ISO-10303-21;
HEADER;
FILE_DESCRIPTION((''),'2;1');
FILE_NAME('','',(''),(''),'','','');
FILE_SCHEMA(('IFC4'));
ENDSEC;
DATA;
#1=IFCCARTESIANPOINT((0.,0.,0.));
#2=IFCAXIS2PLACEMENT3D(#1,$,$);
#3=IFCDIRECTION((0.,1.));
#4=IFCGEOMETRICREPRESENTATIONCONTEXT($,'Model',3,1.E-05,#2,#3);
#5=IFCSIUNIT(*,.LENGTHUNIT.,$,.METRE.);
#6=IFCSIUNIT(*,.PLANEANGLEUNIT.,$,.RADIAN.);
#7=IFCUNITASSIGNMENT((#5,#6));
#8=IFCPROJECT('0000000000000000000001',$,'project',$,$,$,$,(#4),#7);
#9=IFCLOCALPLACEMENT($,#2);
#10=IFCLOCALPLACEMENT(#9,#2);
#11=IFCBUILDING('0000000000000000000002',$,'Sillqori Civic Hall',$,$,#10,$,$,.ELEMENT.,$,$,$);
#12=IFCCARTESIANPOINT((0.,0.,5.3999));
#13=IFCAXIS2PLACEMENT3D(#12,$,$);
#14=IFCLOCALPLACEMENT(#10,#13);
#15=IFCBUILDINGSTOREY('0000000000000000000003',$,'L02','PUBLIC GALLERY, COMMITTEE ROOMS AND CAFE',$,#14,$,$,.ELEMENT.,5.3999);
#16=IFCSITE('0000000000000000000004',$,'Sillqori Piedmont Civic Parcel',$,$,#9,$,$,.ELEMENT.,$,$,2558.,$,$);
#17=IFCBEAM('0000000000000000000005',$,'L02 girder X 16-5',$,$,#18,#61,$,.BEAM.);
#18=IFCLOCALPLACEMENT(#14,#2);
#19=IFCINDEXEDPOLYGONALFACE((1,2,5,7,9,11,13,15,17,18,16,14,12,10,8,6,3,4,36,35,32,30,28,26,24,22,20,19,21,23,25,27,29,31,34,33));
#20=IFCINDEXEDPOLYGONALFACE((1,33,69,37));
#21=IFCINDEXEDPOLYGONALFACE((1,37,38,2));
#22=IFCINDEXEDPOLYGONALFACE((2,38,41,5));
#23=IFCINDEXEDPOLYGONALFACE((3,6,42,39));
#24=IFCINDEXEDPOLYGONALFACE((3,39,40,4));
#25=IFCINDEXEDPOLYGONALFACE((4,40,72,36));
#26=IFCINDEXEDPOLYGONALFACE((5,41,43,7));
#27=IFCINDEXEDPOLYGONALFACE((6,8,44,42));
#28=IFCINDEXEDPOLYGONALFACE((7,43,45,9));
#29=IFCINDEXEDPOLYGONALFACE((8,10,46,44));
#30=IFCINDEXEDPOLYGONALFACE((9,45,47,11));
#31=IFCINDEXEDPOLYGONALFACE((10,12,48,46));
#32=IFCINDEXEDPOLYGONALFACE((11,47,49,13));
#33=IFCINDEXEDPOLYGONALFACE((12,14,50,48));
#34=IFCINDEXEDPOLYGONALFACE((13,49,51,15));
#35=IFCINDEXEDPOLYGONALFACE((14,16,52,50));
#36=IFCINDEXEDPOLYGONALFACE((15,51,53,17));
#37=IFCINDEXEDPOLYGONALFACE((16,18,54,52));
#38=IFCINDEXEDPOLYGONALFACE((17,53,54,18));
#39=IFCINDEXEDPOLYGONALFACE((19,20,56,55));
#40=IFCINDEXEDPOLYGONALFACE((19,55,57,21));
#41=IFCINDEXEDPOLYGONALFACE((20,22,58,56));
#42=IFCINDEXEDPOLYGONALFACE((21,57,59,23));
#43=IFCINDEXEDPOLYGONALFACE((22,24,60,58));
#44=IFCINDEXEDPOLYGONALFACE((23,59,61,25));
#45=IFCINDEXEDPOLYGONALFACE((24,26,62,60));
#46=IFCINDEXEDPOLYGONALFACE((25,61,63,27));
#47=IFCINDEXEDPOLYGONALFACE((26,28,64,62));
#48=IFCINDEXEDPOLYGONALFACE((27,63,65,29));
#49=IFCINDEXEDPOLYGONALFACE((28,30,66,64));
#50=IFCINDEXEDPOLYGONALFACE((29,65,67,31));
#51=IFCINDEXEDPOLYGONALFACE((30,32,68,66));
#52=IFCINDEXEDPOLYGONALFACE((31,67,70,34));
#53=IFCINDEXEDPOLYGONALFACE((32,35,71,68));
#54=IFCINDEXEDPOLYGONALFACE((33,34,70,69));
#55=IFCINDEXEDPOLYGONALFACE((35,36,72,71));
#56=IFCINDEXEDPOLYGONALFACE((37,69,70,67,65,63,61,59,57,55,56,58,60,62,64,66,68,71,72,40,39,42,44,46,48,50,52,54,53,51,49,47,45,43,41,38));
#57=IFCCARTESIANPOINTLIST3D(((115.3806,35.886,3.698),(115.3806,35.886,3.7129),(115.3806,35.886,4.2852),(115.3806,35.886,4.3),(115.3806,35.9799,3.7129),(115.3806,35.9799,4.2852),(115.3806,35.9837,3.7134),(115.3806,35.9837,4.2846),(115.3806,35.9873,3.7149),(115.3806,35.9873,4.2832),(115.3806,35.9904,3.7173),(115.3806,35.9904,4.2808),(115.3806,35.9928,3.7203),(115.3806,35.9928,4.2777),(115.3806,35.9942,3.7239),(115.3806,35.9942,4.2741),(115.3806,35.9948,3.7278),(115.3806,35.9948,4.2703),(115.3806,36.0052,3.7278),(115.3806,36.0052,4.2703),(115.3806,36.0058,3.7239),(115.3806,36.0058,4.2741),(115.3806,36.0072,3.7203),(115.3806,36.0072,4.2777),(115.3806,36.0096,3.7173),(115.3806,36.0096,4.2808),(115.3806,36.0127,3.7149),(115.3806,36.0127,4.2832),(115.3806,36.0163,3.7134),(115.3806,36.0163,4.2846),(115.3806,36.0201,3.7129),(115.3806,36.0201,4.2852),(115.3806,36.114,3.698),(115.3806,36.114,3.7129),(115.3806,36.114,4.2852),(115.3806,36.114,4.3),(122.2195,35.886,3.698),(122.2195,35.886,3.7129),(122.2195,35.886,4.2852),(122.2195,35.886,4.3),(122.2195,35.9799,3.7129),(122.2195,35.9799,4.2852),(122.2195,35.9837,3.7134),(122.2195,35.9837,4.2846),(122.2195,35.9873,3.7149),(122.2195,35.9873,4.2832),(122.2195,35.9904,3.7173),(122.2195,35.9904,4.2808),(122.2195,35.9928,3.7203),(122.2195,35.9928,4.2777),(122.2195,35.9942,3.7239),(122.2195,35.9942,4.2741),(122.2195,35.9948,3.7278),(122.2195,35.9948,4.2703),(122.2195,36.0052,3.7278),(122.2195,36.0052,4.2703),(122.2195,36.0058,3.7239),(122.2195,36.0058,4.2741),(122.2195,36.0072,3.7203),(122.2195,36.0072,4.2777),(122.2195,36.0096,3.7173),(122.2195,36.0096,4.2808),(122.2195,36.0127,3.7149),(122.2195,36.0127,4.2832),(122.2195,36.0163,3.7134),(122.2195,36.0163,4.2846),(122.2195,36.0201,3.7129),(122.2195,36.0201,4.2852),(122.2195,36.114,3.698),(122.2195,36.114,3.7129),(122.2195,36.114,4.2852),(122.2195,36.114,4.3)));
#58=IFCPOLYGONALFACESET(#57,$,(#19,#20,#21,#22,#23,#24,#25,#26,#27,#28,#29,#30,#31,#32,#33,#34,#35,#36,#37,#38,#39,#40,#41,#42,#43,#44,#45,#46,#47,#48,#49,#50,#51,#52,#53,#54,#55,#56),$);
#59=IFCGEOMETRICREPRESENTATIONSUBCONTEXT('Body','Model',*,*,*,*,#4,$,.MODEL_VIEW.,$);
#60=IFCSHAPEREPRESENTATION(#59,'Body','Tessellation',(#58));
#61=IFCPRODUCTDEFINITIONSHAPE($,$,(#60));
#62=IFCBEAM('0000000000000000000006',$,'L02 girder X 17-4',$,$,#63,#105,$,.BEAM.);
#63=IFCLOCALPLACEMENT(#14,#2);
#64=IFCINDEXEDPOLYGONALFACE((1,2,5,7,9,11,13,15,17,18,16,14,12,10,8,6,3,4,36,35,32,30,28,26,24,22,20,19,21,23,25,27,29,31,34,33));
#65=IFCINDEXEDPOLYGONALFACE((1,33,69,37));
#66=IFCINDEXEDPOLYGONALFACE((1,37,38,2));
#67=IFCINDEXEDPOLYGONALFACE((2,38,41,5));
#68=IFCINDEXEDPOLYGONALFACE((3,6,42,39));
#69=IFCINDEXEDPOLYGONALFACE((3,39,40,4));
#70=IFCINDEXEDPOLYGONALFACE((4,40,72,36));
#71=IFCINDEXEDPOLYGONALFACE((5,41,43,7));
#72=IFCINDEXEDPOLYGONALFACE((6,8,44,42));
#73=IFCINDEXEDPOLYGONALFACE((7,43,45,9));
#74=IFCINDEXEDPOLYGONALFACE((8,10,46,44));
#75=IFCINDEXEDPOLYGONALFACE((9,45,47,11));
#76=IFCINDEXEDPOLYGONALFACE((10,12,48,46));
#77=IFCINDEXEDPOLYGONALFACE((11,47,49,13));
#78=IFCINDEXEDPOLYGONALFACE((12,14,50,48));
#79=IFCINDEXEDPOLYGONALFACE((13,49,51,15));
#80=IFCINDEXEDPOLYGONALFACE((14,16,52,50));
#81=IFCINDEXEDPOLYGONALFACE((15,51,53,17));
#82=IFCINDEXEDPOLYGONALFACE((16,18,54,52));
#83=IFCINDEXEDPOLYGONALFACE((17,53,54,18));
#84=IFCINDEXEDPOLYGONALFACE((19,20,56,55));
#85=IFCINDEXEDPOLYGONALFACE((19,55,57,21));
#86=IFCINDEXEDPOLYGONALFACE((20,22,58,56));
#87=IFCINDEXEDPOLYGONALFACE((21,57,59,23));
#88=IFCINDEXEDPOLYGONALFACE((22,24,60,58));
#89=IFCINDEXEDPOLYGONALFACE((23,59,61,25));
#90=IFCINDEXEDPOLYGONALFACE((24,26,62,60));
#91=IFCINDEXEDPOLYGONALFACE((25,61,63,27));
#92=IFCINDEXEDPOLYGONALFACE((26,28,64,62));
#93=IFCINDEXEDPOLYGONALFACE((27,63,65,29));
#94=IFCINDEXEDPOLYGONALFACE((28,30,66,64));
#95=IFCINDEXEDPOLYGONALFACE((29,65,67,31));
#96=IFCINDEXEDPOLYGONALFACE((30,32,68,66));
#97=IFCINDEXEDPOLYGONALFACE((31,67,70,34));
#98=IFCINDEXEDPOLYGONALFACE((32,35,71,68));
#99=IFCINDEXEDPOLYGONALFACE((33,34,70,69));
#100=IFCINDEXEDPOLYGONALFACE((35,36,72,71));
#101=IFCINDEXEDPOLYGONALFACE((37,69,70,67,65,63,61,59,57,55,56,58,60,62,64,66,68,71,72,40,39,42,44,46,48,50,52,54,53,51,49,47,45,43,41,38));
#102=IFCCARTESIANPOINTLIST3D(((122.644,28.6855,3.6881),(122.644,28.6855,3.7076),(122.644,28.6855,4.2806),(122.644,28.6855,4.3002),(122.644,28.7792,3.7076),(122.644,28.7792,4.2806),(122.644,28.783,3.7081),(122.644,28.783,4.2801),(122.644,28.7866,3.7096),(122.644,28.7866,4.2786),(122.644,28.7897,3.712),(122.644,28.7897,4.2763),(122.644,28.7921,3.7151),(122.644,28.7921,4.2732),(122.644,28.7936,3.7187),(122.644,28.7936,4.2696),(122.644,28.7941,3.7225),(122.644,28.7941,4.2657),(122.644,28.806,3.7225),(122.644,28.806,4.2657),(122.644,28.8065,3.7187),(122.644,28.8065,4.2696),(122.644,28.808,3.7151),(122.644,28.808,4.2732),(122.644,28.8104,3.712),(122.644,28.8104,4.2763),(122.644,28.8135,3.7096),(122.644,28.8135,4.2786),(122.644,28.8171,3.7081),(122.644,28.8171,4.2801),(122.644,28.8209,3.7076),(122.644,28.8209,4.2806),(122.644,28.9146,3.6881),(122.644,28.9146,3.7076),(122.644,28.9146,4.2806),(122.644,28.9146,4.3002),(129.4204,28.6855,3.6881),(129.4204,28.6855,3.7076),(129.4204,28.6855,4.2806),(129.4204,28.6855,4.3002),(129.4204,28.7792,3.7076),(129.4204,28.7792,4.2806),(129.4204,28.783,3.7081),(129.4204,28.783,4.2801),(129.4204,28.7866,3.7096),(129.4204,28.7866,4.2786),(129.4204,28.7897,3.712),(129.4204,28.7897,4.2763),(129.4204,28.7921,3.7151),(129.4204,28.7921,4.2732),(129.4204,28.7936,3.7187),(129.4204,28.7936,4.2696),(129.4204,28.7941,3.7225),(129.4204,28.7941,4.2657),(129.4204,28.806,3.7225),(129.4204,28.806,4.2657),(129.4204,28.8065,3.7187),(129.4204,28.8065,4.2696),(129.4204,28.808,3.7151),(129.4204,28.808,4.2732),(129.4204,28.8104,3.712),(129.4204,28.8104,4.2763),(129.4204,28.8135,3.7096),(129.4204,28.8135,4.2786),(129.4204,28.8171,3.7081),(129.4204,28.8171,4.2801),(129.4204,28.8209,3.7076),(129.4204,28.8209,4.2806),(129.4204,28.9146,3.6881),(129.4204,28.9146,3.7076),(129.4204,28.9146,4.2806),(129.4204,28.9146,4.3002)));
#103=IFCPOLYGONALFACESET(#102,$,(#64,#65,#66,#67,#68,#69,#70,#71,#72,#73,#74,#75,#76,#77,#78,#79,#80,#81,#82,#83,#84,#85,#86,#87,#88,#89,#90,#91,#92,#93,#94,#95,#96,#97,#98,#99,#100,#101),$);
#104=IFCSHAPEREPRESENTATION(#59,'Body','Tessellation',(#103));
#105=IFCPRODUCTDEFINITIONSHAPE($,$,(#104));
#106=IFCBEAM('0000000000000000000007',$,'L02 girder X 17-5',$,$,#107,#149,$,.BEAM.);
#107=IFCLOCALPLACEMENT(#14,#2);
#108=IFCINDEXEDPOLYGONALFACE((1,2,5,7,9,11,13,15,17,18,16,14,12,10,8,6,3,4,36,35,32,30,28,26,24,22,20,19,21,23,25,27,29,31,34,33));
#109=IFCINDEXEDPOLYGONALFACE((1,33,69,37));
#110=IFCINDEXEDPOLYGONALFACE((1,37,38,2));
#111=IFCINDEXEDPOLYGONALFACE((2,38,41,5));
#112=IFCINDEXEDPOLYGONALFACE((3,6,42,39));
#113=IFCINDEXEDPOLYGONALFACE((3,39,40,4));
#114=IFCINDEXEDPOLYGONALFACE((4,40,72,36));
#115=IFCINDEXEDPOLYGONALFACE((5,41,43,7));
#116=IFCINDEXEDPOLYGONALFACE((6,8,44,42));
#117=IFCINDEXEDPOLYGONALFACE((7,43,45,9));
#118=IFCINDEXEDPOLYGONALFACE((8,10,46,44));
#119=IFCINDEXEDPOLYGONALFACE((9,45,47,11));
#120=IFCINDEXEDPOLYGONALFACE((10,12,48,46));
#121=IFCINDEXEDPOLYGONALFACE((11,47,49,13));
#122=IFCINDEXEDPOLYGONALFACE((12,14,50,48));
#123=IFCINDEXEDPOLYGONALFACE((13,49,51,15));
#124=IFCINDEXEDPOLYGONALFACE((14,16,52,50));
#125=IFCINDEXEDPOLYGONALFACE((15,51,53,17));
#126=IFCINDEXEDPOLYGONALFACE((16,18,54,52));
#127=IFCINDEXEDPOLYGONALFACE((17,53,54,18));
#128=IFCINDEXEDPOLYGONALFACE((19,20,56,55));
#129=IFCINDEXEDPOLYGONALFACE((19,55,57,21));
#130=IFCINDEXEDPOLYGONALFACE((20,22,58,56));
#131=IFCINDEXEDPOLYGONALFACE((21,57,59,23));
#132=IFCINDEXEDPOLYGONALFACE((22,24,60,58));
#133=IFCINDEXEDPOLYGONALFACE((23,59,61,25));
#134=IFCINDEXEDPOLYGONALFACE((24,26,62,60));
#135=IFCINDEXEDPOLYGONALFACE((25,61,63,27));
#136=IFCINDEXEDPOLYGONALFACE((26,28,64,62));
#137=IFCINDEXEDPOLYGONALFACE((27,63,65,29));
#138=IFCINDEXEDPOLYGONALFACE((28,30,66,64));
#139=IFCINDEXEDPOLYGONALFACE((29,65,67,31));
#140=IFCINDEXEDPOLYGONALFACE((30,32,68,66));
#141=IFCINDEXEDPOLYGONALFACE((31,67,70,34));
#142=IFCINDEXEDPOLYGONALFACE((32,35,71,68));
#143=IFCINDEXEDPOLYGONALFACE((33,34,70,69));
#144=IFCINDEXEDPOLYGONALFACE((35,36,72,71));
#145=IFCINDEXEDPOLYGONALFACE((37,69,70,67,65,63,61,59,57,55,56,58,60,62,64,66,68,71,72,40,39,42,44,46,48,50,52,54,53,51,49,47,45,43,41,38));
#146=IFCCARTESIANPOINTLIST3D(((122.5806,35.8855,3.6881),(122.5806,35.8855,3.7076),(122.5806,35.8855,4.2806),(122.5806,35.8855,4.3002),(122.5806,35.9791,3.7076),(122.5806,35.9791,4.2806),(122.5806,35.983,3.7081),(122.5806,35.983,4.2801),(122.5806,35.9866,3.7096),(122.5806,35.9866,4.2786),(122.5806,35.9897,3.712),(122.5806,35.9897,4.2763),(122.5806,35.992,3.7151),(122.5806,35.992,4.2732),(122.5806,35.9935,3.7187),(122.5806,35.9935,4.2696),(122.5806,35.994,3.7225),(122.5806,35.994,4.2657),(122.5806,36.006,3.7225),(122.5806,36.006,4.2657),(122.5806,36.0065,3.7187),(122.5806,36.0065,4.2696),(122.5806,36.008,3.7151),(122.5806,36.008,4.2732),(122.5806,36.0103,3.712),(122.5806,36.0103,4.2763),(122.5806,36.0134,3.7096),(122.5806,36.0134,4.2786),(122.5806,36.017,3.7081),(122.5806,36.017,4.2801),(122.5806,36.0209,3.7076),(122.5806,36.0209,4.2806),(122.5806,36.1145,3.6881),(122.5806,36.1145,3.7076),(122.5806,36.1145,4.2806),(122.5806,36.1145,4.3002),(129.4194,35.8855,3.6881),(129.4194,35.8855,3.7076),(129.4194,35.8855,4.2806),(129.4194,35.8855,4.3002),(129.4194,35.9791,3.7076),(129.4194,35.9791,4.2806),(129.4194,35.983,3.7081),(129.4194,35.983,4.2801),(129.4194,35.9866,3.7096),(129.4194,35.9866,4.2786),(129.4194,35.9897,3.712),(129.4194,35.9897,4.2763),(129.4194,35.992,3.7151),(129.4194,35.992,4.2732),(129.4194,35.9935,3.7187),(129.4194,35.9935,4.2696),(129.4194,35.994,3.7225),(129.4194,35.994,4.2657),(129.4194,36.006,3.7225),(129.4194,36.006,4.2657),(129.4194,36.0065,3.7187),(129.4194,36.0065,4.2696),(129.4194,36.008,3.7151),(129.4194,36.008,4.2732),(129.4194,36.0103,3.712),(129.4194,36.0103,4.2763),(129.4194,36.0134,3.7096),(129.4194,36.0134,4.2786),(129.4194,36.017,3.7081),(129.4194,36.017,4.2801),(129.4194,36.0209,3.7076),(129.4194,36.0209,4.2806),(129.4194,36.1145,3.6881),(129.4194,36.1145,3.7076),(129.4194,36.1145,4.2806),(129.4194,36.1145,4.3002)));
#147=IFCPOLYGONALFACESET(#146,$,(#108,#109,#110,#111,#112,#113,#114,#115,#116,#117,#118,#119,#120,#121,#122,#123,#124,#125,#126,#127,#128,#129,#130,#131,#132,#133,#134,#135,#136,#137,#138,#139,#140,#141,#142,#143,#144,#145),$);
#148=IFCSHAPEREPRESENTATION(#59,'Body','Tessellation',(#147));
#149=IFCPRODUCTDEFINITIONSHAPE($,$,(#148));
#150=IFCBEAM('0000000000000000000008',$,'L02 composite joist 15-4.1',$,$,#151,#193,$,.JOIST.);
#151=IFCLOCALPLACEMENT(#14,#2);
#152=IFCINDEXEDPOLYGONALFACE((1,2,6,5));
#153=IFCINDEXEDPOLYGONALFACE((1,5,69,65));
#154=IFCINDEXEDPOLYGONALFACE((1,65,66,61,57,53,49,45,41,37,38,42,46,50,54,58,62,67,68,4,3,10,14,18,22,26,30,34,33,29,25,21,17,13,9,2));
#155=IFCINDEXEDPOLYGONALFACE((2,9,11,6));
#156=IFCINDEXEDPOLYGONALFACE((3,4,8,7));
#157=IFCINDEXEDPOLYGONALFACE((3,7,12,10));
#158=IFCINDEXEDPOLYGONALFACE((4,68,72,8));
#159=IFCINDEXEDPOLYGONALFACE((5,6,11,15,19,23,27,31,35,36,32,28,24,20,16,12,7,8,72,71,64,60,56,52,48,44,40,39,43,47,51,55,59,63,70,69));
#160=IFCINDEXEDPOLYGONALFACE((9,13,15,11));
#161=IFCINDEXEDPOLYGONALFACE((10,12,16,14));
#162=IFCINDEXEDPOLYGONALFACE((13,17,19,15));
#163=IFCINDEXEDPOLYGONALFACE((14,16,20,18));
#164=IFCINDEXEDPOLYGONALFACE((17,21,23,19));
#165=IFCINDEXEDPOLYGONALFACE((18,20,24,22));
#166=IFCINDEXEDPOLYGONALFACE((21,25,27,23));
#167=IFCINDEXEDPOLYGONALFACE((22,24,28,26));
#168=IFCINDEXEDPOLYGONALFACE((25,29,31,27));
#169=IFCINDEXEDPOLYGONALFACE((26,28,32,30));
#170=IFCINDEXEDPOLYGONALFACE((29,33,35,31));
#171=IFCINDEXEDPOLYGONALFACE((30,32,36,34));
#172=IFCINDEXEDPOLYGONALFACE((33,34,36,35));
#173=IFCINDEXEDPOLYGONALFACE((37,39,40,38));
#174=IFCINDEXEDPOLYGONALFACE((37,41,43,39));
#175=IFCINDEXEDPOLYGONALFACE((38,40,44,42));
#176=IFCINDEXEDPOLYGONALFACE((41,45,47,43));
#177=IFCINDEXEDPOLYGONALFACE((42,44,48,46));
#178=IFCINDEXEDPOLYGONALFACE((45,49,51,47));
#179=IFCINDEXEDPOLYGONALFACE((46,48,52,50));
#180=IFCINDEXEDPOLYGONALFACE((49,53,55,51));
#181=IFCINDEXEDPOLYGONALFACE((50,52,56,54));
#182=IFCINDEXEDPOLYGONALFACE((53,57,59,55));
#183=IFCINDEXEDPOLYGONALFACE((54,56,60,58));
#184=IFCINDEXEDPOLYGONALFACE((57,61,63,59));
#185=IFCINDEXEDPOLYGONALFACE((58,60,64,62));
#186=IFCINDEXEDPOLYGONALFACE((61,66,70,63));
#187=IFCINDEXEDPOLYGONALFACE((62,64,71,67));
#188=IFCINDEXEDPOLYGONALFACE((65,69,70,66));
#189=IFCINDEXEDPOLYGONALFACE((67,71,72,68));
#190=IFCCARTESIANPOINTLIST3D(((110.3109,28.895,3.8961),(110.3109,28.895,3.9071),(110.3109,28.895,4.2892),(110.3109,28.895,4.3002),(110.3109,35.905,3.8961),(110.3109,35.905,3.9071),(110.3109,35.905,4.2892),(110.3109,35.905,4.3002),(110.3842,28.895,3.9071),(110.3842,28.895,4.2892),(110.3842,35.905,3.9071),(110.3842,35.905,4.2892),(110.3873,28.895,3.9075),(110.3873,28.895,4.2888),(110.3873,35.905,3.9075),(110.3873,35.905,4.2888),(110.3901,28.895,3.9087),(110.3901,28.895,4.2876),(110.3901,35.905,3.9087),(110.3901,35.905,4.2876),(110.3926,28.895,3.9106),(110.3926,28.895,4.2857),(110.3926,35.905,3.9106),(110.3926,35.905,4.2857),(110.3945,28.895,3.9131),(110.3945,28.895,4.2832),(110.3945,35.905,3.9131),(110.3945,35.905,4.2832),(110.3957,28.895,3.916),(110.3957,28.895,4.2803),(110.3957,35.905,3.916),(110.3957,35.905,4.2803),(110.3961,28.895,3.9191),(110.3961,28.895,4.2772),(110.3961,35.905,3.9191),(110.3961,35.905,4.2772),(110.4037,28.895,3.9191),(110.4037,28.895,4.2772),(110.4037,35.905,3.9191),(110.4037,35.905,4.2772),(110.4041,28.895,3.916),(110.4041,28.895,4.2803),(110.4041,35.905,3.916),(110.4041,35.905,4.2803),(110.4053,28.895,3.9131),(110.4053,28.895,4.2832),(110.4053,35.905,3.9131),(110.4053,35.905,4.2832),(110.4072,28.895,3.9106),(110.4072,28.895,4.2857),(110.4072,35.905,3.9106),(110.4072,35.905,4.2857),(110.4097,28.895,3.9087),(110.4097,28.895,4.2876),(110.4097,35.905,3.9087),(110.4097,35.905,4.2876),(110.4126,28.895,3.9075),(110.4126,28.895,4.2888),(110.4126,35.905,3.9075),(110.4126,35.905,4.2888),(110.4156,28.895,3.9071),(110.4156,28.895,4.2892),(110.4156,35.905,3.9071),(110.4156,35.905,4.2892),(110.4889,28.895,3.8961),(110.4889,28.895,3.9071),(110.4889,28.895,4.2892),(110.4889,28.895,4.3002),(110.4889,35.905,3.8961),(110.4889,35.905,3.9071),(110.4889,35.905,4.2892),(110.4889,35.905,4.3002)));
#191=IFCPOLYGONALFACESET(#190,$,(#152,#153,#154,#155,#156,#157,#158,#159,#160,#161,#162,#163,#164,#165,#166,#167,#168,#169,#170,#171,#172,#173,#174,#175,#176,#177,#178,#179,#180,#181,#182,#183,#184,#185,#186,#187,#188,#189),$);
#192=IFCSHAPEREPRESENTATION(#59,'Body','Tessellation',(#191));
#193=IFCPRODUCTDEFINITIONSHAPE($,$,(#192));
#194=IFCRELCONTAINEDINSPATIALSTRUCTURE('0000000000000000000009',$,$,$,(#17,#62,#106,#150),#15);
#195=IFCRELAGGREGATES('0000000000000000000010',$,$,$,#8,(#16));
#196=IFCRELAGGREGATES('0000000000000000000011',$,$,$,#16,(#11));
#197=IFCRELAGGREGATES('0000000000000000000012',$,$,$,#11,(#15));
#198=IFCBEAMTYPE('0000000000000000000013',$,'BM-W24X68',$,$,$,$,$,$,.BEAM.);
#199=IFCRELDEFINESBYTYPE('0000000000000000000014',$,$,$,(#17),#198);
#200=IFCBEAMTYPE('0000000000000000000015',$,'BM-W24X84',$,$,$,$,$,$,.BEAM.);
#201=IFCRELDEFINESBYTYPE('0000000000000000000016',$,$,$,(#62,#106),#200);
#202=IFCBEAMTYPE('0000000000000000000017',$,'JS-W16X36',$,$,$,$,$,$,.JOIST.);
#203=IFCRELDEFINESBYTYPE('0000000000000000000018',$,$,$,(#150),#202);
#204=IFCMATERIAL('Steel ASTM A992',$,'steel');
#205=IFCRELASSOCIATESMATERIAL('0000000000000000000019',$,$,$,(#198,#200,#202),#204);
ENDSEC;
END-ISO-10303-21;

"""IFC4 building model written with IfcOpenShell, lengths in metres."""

from ifc_helpers import new_model, si_unit, direction, frame, origin, origin_2d, place, context, subcontext, project, spatial, i_section, extrude, material, material_profile, profile_set, type_object, element, save


model = new_model("IFC4")

# Units and contexts
model_context = context("Model", 3, precision=1e-05, world=origin(), true_north=direction((0.0, 1.0)))
body_context = subcontext(model_context, "Body", "Model", "MODEL_VIEW")
ifc_project = project(units=[si_unit("LENGTHUNIT", "METRE"), si_unit("PLANEANGLEUNIT", "RADIAN")], contexts=[model_context])

# Site, building, storey
site_placement = place(None, origin())
site = spatial("IfcSite", under=ifc_project, at=site_placement, Name="Sillqori Piedmont Civic Parcel", CompositionType="ELEMENT", RefElevation=2558.0)
building_placement = place(site_placement, origin())
building = spatial("IfcBuilding", under=site, at=building_placement, Name="Sillqori Civic Hall", CompositionType="ELEMENT")
storey_placement = place(building_placement, frame((0.0, 0.0, 5.3999)))
storey = spatial("IfcBuildingStorey", under=building, at=storey_placement, Name="L02", Description="PUBLIC GALLERY, COMMITTEE ROOMS AND CAFE", CompositionType="ELEMENT", Elevation=5.3999)

# Shared definitions
ifc_material_1 = material(Name="Steel ASTM A992", Category="steel")

# Beams
ifc_material_profile_1 = material_profile(ifc_material_1, i_section(OverallWidth=0.228, OverallDepth=0.6021, WebThickness=0.0105, FlangeThickness=0.0149, FilletRadius=0.0149, at=origin_2d()), Name="W24X68")
ifc_profile_set_1 = profile_set([ifc_material_profile_1], Name="Steel ASTM A992")
beam_type_1 = type_object("IfcBeamType", Name="BM-W24X68", PredefinedType="BEAM", material=ifc_profile_set_1)
beam_1_placement = place(storey_placement, frame((115.3806, 36.0, 3.999), z_axis=(1.0, 0.0, 0.0), x_axis=(0.0, 1.0, 0.0)))
element("IfcBeam", 1, at=beam_1_placement, inside=storey, type_object=beam_type_1, Name="L02 girder X 16-5", PredefinedType="BEAM", context=body_context, shape_type="SweptSolid", body=[
    extrude(i_section(OverallWidth=0.228, OverallDepth=0.6021, WebThickness=0.0105, FlangeThickness=0.0149, FilletRadius=0.0149, at=origin_2d()), origin(), (0.0, 0.0, 1.0), 6.8389),
])
ifc_material_profile_2 = material_profile(ifc_material_1, i_section(OverallWidth=0.229, OverallDepth=0.6121, WebThickness=0.012, FlangeThickness=0.0195, FilletRadius=0.0149, at=origin_2d()), Name="W24X84")
ifc_profile_set_2 = profile_set([ifc_material_profile_2], Name="Steel ASTM A992")
beam_type_2 = type_object("IfcBeamType", Name="BM-W24X84", PredefinedType="BEAM", material=ifc_profile_set_2)
beam_2_placement = place(storey_placement, frame((122.644, 28.8, 3.9941), z_axis=(1.0, 0.0, 0.0), x_axis=(0.0, 1.0, 0.0)))
element("IfcBeam", 2, at=beam_2_placement, inside=storey, type_object=beam_type_2, Name="L02 girder X 17-4", PredefinedType="BEAM", context=body_context, shape_type="SweptSolid", body=[
    extrude(i_section(OverallWidth=0.229, OverallDepth=0.6121, WebThickness=0.012, FlangeThickness=0.0195, FilletRadius=0.0149, at=origin_2d()), origin(), (0.0, 0.0, 1.0), 6.7764),
])
beam_3_placement = place(storey_placement, frame((122.5806, 36.0, 3.9941), z_axis=(1.0, 0.0, 0.0), x_axis=(0.0, 1.0, 0.0)))
element("IfcBeam", 3, at=beam_3_placement, inside=storey, type_object=beam_type_2, Name="L02 girder X 17-5", PredefinedType="BEAM", context=body_context, shape_type="SweptSolid", body=[
    extrude(i_section(OverallWidth=0.229, OverallDepth=0.6121, WebThickness=0.012, FlangeThickness=0.0195, FilletRadius=0.0149, at=origin_2d()), origin(), (0.0, 0.0, 1.0), 6.8389),
])
ifc_material_profile_3 = material_profile(ifc_material_1, i_section(OverallWidth=0.178, OverallDepth=0.4041, WebThickness=0.0076, FlangeThickness=0.011, FilletRadius=0.012, at=origin_2d()), Name="W16X36")
ifc_profile_set_3 = profile_set([ifc_material_profile_3], Name="Steel ASTM A992")
beam_type_3 = type_object("IfcBeamType", Name="JS-W16X36", PredefinedType="JOIST", material=ifc_profile_set_3)
for number, where, z_axis, x_axis, name in (
    (4, (110.3999, 28.895, 4.0981), (0.0, 1.0, 0.0), (-1.0, 0.0, 0.0), "L02 composite joist 15-4.1"),
):
    element("IfcBeam", number, at=place(storey_placement, frame(where, z_axis=z_axis, x_axis=x_axis)), inside=storey, type_object=beam_type_3, Name=name, PredefinedType="JOIST", context=body_context, shape_type="SweptSolid", body=[
        extrude(i_section(OverallWidth=0.178, OverallDepth=0.4041, WebThickness=0.0076, FlangeThickness=0.011, FilletRadius=0.012, at=origin_2d()), origin(), (0.0, 0.0, 1.0), 7.01),
    ])

save(model, "model.ifc")
